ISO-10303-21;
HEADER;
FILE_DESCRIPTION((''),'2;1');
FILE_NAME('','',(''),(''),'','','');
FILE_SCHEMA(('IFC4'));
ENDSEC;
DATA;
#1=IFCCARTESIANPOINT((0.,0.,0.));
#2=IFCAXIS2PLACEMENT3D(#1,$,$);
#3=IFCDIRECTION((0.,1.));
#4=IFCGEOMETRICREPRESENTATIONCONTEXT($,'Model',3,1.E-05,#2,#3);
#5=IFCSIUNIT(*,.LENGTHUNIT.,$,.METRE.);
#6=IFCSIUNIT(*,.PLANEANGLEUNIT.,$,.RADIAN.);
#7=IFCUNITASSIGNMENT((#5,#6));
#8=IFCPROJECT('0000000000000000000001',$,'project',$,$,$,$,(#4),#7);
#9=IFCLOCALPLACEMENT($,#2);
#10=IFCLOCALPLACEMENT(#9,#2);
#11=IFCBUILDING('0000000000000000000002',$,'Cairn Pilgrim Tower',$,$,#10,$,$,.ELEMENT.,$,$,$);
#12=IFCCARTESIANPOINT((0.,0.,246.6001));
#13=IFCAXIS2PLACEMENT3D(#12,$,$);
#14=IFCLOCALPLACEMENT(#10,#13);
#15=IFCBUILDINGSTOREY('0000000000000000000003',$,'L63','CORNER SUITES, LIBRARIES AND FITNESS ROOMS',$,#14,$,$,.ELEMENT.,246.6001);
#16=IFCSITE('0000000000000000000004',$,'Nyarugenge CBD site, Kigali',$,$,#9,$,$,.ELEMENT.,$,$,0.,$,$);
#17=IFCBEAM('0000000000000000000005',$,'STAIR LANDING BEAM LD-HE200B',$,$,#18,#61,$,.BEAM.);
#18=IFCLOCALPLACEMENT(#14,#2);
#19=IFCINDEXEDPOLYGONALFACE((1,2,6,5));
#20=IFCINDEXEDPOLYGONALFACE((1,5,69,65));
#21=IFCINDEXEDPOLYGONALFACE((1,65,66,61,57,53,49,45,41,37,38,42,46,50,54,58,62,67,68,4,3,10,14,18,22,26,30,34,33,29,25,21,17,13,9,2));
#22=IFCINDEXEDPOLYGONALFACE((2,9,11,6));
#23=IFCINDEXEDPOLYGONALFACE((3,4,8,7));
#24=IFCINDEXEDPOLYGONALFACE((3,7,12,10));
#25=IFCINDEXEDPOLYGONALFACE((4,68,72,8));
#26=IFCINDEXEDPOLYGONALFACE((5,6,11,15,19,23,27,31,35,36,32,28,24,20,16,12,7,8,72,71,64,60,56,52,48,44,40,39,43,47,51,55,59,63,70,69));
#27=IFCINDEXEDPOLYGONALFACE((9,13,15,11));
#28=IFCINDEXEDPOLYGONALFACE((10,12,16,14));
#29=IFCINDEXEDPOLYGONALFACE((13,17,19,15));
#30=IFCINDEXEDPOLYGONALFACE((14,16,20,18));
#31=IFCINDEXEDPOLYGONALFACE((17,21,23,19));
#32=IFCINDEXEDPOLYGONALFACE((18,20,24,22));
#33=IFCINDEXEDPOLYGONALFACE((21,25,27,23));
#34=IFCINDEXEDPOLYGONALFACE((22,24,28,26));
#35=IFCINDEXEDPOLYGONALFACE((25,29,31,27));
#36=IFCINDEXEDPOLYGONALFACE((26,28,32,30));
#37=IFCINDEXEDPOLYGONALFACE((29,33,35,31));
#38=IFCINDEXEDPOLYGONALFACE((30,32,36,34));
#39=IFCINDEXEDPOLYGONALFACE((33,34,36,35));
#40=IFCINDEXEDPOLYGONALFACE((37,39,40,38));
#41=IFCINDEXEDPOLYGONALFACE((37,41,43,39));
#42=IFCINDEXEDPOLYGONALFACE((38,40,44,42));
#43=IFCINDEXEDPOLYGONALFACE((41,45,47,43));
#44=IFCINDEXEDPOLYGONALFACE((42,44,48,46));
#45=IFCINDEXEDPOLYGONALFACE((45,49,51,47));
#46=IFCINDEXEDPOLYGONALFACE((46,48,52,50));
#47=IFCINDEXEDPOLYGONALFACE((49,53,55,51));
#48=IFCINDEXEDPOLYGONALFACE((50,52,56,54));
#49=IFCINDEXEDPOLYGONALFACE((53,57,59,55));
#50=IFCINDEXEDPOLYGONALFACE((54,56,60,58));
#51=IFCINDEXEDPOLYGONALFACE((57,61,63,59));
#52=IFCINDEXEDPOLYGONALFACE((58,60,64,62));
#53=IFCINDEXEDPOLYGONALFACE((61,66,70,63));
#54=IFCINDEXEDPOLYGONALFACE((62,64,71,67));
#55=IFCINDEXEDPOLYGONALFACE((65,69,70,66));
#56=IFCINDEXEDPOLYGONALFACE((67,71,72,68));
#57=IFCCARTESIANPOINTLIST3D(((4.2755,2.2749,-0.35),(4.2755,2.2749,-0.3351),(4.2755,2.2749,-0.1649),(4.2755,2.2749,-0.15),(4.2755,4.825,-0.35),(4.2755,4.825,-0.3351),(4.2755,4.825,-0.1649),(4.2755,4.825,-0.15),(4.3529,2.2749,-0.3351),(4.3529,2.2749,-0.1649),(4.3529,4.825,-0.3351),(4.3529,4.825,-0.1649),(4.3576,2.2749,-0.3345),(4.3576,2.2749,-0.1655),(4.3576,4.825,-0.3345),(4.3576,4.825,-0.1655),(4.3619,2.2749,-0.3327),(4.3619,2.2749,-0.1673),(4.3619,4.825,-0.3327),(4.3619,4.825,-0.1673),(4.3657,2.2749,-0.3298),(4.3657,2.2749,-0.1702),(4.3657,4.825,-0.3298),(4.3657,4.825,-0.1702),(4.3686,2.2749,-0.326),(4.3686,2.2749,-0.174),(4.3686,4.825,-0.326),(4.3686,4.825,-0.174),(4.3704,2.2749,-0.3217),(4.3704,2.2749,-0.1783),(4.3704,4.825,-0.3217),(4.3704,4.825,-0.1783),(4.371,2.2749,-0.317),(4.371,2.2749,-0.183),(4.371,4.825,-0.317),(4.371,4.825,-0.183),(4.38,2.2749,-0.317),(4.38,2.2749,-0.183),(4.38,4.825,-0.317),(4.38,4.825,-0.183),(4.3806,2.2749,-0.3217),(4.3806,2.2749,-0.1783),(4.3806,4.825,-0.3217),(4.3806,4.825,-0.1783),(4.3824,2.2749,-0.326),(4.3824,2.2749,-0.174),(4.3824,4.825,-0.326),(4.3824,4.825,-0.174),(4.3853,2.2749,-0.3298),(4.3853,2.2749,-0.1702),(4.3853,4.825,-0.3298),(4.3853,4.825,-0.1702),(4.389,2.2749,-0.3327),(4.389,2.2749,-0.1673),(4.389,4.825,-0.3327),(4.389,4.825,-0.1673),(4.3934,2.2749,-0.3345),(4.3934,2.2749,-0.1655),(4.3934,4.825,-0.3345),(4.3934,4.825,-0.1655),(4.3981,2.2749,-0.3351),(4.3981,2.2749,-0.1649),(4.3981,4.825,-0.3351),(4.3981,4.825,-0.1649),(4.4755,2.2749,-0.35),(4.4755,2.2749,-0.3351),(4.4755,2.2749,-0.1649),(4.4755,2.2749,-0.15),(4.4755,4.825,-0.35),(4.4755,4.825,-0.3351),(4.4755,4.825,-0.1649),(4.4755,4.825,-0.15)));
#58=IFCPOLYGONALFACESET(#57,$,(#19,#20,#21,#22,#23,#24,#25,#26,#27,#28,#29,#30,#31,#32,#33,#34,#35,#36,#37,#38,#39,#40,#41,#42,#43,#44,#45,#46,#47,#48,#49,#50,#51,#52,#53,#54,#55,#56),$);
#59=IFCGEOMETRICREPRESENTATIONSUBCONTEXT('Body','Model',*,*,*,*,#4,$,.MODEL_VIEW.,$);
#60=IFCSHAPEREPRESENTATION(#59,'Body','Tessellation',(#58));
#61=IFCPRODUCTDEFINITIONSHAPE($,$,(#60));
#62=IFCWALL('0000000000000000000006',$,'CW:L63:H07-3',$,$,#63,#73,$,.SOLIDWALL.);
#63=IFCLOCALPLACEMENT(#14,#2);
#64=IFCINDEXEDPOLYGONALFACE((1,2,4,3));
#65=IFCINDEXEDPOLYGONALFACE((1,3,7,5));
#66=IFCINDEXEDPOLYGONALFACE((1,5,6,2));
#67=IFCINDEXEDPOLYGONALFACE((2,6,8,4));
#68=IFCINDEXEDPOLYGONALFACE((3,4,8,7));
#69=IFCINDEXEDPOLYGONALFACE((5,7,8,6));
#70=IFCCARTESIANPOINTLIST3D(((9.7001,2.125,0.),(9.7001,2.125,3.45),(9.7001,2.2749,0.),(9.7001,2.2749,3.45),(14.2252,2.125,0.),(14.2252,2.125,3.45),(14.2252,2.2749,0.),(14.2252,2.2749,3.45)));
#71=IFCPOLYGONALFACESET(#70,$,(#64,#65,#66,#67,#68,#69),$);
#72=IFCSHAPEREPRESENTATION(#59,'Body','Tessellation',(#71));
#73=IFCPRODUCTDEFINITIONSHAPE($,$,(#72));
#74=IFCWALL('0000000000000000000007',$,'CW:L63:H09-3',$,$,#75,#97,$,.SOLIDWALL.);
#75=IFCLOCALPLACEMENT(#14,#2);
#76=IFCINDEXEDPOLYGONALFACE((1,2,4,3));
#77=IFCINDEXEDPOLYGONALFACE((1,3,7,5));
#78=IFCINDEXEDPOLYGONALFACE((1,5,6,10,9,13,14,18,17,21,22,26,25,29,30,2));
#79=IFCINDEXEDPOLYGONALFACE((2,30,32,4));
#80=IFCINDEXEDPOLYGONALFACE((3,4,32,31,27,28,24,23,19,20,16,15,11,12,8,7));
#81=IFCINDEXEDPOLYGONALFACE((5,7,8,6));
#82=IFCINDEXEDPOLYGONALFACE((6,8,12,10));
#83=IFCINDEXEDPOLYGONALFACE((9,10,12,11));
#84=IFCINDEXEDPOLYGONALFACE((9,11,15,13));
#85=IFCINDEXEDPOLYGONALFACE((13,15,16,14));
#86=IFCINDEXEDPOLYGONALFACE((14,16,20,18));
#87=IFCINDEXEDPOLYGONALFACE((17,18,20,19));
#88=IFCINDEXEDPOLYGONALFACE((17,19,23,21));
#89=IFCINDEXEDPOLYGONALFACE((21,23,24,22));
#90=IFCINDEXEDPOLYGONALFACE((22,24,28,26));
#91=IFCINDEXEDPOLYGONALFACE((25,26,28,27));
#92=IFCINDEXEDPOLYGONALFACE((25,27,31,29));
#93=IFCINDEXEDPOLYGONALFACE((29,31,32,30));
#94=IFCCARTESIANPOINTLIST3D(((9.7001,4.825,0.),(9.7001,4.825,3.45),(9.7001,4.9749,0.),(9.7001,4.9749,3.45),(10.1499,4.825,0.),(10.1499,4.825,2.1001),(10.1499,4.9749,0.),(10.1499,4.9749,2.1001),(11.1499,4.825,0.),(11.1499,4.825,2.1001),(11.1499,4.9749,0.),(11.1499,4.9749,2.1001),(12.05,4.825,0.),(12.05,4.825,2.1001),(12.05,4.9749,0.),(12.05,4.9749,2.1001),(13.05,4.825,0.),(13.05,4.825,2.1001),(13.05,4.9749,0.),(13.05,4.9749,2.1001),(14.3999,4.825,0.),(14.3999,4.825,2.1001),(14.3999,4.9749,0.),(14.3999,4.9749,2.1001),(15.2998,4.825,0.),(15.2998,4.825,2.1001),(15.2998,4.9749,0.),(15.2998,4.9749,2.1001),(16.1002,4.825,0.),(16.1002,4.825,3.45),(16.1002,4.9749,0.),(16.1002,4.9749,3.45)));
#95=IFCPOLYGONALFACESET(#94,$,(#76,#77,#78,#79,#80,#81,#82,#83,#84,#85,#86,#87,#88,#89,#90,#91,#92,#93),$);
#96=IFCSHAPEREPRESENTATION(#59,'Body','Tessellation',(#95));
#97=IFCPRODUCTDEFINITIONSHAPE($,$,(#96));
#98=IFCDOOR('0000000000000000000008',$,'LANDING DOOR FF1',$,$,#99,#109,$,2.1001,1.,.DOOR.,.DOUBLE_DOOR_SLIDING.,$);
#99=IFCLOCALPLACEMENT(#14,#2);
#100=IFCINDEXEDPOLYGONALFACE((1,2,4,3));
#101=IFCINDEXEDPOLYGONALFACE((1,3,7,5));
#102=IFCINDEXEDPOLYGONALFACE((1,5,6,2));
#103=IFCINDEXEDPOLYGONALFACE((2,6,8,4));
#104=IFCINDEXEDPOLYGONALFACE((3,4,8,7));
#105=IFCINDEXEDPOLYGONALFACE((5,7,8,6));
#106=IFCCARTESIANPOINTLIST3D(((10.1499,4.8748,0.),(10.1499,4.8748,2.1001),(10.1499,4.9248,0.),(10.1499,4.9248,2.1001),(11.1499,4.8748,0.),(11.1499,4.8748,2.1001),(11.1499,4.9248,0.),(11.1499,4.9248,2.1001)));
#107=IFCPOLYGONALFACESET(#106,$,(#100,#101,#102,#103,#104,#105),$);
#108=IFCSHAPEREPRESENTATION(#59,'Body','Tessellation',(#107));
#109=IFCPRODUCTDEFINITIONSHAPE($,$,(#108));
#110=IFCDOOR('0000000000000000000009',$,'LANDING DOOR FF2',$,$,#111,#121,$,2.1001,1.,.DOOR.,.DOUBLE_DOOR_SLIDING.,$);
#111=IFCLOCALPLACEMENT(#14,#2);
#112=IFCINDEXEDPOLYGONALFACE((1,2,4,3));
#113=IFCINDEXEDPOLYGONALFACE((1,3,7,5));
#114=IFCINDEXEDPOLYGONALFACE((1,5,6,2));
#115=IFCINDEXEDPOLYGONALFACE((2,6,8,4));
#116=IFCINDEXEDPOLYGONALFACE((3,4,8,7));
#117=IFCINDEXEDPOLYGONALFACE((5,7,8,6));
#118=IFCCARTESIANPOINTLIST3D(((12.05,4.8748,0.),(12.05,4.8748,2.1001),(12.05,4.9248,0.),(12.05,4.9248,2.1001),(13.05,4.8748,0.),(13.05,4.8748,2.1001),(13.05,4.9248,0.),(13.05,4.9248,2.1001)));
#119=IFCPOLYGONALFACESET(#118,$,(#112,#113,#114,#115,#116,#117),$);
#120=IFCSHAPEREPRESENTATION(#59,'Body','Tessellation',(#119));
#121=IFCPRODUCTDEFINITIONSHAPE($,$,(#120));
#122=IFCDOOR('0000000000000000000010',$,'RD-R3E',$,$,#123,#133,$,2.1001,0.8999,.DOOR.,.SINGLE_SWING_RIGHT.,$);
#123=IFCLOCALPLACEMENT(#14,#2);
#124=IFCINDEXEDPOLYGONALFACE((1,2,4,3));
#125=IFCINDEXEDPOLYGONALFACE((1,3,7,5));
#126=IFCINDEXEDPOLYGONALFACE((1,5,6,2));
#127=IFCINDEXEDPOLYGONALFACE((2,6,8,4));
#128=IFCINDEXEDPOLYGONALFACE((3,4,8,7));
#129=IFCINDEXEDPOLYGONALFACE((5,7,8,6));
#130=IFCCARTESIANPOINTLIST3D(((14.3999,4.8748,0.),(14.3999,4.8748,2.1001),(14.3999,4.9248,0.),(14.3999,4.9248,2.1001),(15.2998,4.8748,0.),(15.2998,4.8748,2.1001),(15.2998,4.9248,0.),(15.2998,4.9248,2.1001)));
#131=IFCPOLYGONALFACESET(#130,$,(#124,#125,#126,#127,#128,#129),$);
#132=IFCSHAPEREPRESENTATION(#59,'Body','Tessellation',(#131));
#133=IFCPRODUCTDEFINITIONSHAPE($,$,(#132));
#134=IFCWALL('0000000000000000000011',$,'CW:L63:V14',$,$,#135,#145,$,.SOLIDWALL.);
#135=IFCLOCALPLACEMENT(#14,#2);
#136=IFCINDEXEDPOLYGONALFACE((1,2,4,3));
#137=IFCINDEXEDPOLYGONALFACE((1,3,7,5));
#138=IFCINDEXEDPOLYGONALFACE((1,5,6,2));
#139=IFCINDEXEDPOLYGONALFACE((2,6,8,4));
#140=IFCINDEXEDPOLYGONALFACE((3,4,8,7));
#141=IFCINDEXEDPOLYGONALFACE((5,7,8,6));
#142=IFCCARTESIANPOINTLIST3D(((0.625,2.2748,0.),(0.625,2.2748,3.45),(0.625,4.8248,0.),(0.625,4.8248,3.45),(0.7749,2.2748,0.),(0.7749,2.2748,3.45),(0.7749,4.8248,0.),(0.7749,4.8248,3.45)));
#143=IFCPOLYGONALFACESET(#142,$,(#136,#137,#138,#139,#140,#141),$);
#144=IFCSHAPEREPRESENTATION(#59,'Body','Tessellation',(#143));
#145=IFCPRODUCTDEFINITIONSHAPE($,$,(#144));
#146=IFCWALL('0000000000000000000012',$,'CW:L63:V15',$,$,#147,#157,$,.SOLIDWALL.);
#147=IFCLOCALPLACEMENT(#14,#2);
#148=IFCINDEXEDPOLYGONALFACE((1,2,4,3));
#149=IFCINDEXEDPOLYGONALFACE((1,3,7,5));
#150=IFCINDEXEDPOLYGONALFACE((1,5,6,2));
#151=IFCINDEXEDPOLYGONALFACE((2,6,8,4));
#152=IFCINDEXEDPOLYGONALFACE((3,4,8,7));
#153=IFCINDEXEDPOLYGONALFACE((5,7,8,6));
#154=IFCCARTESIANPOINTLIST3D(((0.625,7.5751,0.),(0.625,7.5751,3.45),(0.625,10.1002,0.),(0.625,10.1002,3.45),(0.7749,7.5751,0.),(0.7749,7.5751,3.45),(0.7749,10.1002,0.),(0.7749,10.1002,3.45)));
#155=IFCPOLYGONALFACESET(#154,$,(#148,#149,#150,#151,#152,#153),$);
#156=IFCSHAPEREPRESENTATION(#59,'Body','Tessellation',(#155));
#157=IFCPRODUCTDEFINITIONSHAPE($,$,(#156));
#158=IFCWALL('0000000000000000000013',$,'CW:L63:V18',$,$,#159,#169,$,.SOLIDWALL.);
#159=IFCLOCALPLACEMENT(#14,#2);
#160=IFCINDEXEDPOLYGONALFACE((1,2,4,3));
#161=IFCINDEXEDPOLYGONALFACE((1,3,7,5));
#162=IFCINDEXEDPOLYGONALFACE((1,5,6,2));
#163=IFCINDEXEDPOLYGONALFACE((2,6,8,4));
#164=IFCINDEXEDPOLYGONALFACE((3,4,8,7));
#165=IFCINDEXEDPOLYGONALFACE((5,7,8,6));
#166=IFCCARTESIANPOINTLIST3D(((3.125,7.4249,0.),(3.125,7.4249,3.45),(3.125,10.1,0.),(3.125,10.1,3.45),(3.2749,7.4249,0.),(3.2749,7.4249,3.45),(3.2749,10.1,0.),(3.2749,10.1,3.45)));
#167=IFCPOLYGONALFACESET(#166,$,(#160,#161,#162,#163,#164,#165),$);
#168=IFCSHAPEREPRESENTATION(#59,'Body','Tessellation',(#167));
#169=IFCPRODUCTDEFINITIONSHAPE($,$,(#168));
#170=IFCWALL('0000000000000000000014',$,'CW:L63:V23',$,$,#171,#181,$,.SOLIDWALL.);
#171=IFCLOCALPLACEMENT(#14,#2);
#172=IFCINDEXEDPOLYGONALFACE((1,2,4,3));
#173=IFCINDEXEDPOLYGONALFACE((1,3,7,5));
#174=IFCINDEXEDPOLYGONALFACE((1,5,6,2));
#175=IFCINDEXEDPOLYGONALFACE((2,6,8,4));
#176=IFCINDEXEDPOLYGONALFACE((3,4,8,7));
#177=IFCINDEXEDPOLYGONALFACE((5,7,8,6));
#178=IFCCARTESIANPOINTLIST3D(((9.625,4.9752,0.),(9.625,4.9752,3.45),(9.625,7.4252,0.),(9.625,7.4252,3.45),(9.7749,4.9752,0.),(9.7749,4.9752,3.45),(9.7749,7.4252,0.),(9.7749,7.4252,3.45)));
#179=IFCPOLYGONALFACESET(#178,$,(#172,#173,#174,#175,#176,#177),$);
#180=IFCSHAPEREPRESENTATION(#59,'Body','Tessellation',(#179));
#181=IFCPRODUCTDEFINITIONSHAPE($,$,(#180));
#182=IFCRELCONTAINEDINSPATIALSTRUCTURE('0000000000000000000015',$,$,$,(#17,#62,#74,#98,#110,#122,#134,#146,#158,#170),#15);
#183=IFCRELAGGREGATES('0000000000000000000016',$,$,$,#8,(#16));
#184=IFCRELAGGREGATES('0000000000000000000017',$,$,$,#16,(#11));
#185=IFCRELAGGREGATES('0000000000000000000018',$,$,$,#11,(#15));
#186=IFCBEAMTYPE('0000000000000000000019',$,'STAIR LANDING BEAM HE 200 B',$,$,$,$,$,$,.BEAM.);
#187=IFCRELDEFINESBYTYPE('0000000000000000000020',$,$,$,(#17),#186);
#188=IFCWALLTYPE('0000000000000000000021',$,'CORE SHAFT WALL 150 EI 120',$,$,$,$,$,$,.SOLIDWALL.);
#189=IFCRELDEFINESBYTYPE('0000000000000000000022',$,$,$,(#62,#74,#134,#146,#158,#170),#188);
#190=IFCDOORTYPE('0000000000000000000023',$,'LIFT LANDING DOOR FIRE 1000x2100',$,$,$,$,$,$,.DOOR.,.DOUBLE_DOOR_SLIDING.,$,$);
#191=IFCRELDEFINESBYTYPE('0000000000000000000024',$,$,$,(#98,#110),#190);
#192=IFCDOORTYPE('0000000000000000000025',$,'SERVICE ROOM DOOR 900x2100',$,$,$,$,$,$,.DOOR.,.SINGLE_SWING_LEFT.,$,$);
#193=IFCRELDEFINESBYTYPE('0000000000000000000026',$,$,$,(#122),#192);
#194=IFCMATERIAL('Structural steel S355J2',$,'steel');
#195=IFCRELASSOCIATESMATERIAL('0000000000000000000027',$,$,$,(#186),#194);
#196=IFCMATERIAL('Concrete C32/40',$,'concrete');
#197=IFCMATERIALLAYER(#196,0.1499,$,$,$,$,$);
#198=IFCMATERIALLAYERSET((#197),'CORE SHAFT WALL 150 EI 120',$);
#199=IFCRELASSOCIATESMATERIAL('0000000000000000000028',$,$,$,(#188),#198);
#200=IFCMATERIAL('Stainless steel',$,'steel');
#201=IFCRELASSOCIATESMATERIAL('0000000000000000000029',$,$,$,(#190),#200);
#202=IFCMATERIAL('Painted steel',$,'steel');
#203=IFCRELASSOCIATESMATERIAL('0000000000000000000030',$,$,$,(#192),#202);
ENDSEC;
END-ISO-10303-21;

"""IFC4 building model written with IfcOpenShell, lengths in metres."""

from ifc_helpers import new_model, si_unit, direction, frame, frame_2d, origin, origin_2d, place, context, subcontext, project, spatial, rectangle, i_section, extrude, material, layer, layer_set, material_profile, profile_set, type_object, element, fill, save


model = new_model("IFC4")

# Units and contexts
model_context = context("Model", 3, precision=1e-05, world=origin(), true_north=direction((0.0, 1.0)))
body_context = subcontext(model_context, "Body", "Model", "MODEL_VIEW")
ifc_project = project(units=[si_unit("LENGTHUNIT", "METRE"), si_unit("PLANEANGLEUNIT", "RADIAN")], contexts=[model_context])

# Site, building, storey
site_placement = place(None, origin())
site = spatial("IfcSite", under=ifc_project, at=site_placement, Name="Nyarugenge CBD site, Kigali", CompositionType="ELEMENT", RefElevation=0.0)
building_placement = place(site_placement, origin())
building = spatial("IfcBuilding", under=site, at=building_placement, Name="Cairn Pilgrim Tower", CompositionType="ELEMENT")
storey_placement = place(building_placement, frame((0.0, 0.0, 246.6001)))
storey = spatial("IfcBuildingStorey", under=building, at=storey_placement, Name="L63", Description="CORNER SUITES, LIBRARIES AND FITNESS ROOMS", CompositionType="ELEMENT", Elevation=246.6001)

# Beam
ifc_material_1 = material(Name="Structural steel S355J2", Category="steel")
ifc_material_profile = material_profile(ifc_material_1, i_section(OverallWidth=0.2, OverallDepth=0.2, WebThickness=0.009, FlangeThickness=0.0149, FilletRadius=0.0181, at=origin_2d()), Name="HE 200 B")
ifc_profile_set = profile_set([ifc_material_profile], Name="Structural steel S355J2")
beam_type = type_object("IfcBeamType", Name="STAIR LANDING BEAM HE 200 B", PredefinedType="BEAM", material=ifc_profile_set)
beam_placement = place(storey_placement, frame((4.3755, 2.2749, -0.25), z_axis=(0.0, 1.0, 0.0), x_axis=(-1.0, 0.0, 0.0)))
element("IfcBeam", 1, at=beam_placement, inside=storey, type_object=beam_type, Name="STAIR LANDING BEAM LD-HE200B", PredefinedType="BEAM", context=body_context, shape_type="SweptSolid", body=[
    extrude(i_section(OverallWidth=0.2, OverallDepth=0.2, WebThickness=0.009, FlangeThickness=0.0149, FilletRadius=0.0181, at=origin_2d()), origin(), (0.0, 0.0, 1.0), 2.55),
])

# Wall
ifc_material_2 = material(Name="Concrete C32/40", Category="concrete")
ifc_layer_1 = layer(ifc_material_2, 0.1499)
ifc_layer_set_1 = layer_set([ifc_layer_1], Name="CORE SHAFT WALL 150 EI 120")
wall_type_1 = type_object("IfcWallType", Name="CORE SHAFT WALL 150 EI 120", PredefinedType="SOLIDWALL", material=ifc_layer_set_1)
wall_1_placement = place(storey_placement, frame((9.7, 2.2, 0.0), z_axis=(0.0, 0.0, 1.0), x_axis=(1.0, 0.0, 0.0)))
element("IfcWall", 2, at=wall_1_placement, inside=storey, type_object=wall_type_1, Name="CW:L63:H07-3", PredefinedType="SOLIDWALL", context=body_context, shape_type="SweptSolid", body=[
    extrude(rectangle(XDim=4.5251, YDim=0.1499, at=frame_2d((2.2627, 0.0))), origin(), (0.0, 0.0, 1.0), 3.45),
])

# Wall, openings, doors
wall_2_placement = place(storey_placement, frame((9.7, 4.8999, 0.0), z_axis=(0.0, 0.0, 1.0), x_axis=(1.0, 0.0, 0.0)))
wall_2 = element("IfcWall", 3, at=wall_2_placement, inside=storey, type_object=wall_type_1, Name="CW:L63:H09-3", PredefinedType="SOLIDWALL", context=body_context, shape_type="SweptSolid", body=[
    extrude(rectangle(XDim=6.4001, YDim=0.1499, at=frame_2d((3.2002, 0.0))), origin(), (0.0, 0.0, 1.0), 3.45),
])
opening_1_placement = place(wall_2_placement, frame((0.45, 0.0, 0.0)))
opening_1 = element("IfcOpeningElement", 4, at=opening_1_placement, cuts=wall_2, PredefinedType="OPENING", context=body_context, shape_type="SweptSolid", body=[
    extrude(rectangle(XDim=1.0, YDim=2.1001, at=frame_2d((0.5, 1.05))), frame((0.0, 0.085, 0.0), z_axis=(0.0, -1.0, 0.0), x_axis=(1.0, 0.0, 0.0)), (0.0, 0.0, 1.0), 0.1699),
])
opening_2_placement = place(wall_2_placement, frame((2.3501, 0.0, 0.0)))
opening_2 = element("IfcOpeningElement", 5, at=opening_2_placement, cuts=wall_2, PredefinedType="OPENING", context=body_context, shape_type="SweptSolid", body=[
    extrude(rectangle(XDim=1.0, YDim=2.1001, at=frame_2d((0.5, 1.05))), frame((0.0, 0.085, 0.0), z_axis=(0.0, -1.0, 0.0), x_axis=(1.0, 0.0, 0.0)), (0.0, 0.0, 1.0), 0.1699),
])
opening_3_placement = place(wall_2_placement, frame((4.7, 0.0, 0.0)))
opening_3 = element("IfcOpeningElement", 6, at=opening_3_placement, cuts=wall_2, PredefinedType="OPENING", context=body_context, shape_type="SweptSolid", body=[
    extrude(rectangle(XDim=0.8999, YDim=2.1001, at=frame_2d((0.45, 1.05))), frame((0.0, 0.085, 0.0), z_axis=(0.0, -1.0, 0.0), x_axis=(1.0, 0.0, 0.0)), (0.0, 0.0, 1.0), 0.1699),
])
ifc_material_3 = material(Name="Stainless steel", Category="steel")
door_type_1 = type_object("IfcDoorType", Name="LIFT LANDING DOOR FIRE 1000x2100", OperationType="DOUBLE_DOOR_SLIDING", PredefinedType="DOOR", material=ifc_material_3)
door_1_placement = place(opening_1_placement, origin())
door_1 = element("IfcDoor", 7, at=door_1_placement, inside=storey, type_object=door_type_1, Name="LANDING DOOR FF1", OperationType="DOUBLE_DOOR_SLIDING", OverallHeight=2.1001, OverallWidth=1.0, PredefinedType="DOOR", context=body_context, shape_type="SweptSolid", body=[
    extrude(rectangle(XDim=1.0, YDim=2.1001, at=frame_2d((0.5, 1.05))), frame((0.0, 0.0249, 0.0), z_axis=(0.0, -1.0, 0.0), x_axis=(1.0, 0.0, 0.0)), (0.0, 0.0, 1.0), 0.05),
])
fill(opening_1, door_1)
door_2_placement = place(opening_2_placement, origin())
door_2 = element("IfcDoor", 8, at=door_2_placement, inside=storey, type_object=door_type_1, Name="LANDING DOOR FF2", OperationType="DOUBLE_DOOR_SLIDING", OverallHeight=2.1001, OverallWidth=1.0, PredefinedType="DOOR", context=body_context, shape_type="SweptSolid", body=[
    extrude(rectangle(XDim=1.0, YDim=2.1001, at=frame_2d((0.5, 1.05))), frame((0.0, 0.0249, 0.0), z_axis=(0.0, -1.0, 0.0), x_axis=(1.0, 0.0, 0.0)), (0.0, 0.0, 1.0), 0.05),
])
fill(opening_2, door_2)
ifc_material_4 = material(Name="Painted steel", Category="steel")
door_type_2 = type_object("IfcDoorType", Name="SERVICE ROOM DOOR 900x2100", OperationType="SINGLE_SWING_LEFT", PredefinedType="DOOR", material=ifc_material_4)
door_3_placement = place(opening_3_placement, origin())
door_3 = element("IfcDoor", 9, at=door_3_placement, inside=storey, type_object=door_type_2, Name="RD-R3E", OperationType="SINGLE_SWING_RIGHT", OverallHeight=2.1001, OverallWidth=0.8999, PredefinedType="DOOR", context=body_context, shape_type="SweptSolid", body=[
    extrude(rectangle(XDim=0.8999, YDim=2.1001, at=frame_2d((0.45, 1.05))), frame((0.0, 0.0249, 0.0), z_axis=(0.0, -1.0, 0.0), x_axis=(1.0, 0.0, 0.0)), (0.0, 0.0, 1.0), 0.05),
])
fill(opening_3, door_3)

# Walls
wall_3_placement = place(storey_placement, frame((0.7, 2.2749, 0.0), z_axis=(0.0, 0.0, 1.0), x_axis=(0.0, 1.0, 0.0)))
element("IfcWall", 10, at=wall_3_placement, inside=storey, type_object=wall_type_1, Name="CW:L63:V14", PredefinedType="SOLIDWALL", context=body_context, shape_type="SweptSolid", body=[
    extrude(rectangle(XDim=2.55, YDim=0.1499, at=frame_2d((1.2749, 0.0))), origin(), (0.0, 0.0, 1.0), 3.45),
])
wall_4_placement = place(storey_placement, frame((0.7, 7.575, 0.0), z_axis=(0.0, 0.0, 1.0), x_axis=(0.0, 1.0, 0.0)))
element("IfcWall", 11, at=wall_4_placement, inside=storey, type_object=wall_type_1, Name="CW:L63:V15", PredefinedType="SOLIDWALL", context=body_context, shape_type="SweptSolid", body=[
    extrude(rectangle(XDim=2.5251, YDim=0.1499, at=frame_2d((1.2627, 0.0))), origin(), (0.0, 0.0, 1.0), 3.45),
])
wall_5_placement = place(storey_placement, frame((3.2, 7.425, 0.0), z_axis=(0.0, 0.0, 1.0), x_axis=(0.0, 1.0, 0.0)))
element("IfcWall", 12, at=wall_5_placement, inside=storey, type_object=wall_type_1, Name="CW:L63:V18", PredefinedType="SOLIDWALL", context=body_context, shape_type="SweptSolid", body=[
    extrude(rectangle(XDim=2.675, YDim=0.1499, at=frame_2d((1.3374, 0.0))), origin(), (0.0, 0.0, 1.0), 3.45),
])
wall_6_placement = place(storey_placement, frame((9.7, 4.9751, 0.0), z_axis=(0.0, 0.0, 1.0), x_axis=(0.0, 1.0, 0.0)))
element("IfcWall", 13, at=wall_6_placement, inside=storey, type_object=wall_type_1, Name="CW:L63:V23", PredefinedType="SOLIDWALL", context=body_context, shape_type="SweptSolid", body=[
    extrude(rectangle(XDim=2.45, YDim=0.1499, at=frame_2d((1.2251, 0.0))), origin(), (0.0, 0.0, 1.0), 3.45),
])

save(model, "model.ifc")
